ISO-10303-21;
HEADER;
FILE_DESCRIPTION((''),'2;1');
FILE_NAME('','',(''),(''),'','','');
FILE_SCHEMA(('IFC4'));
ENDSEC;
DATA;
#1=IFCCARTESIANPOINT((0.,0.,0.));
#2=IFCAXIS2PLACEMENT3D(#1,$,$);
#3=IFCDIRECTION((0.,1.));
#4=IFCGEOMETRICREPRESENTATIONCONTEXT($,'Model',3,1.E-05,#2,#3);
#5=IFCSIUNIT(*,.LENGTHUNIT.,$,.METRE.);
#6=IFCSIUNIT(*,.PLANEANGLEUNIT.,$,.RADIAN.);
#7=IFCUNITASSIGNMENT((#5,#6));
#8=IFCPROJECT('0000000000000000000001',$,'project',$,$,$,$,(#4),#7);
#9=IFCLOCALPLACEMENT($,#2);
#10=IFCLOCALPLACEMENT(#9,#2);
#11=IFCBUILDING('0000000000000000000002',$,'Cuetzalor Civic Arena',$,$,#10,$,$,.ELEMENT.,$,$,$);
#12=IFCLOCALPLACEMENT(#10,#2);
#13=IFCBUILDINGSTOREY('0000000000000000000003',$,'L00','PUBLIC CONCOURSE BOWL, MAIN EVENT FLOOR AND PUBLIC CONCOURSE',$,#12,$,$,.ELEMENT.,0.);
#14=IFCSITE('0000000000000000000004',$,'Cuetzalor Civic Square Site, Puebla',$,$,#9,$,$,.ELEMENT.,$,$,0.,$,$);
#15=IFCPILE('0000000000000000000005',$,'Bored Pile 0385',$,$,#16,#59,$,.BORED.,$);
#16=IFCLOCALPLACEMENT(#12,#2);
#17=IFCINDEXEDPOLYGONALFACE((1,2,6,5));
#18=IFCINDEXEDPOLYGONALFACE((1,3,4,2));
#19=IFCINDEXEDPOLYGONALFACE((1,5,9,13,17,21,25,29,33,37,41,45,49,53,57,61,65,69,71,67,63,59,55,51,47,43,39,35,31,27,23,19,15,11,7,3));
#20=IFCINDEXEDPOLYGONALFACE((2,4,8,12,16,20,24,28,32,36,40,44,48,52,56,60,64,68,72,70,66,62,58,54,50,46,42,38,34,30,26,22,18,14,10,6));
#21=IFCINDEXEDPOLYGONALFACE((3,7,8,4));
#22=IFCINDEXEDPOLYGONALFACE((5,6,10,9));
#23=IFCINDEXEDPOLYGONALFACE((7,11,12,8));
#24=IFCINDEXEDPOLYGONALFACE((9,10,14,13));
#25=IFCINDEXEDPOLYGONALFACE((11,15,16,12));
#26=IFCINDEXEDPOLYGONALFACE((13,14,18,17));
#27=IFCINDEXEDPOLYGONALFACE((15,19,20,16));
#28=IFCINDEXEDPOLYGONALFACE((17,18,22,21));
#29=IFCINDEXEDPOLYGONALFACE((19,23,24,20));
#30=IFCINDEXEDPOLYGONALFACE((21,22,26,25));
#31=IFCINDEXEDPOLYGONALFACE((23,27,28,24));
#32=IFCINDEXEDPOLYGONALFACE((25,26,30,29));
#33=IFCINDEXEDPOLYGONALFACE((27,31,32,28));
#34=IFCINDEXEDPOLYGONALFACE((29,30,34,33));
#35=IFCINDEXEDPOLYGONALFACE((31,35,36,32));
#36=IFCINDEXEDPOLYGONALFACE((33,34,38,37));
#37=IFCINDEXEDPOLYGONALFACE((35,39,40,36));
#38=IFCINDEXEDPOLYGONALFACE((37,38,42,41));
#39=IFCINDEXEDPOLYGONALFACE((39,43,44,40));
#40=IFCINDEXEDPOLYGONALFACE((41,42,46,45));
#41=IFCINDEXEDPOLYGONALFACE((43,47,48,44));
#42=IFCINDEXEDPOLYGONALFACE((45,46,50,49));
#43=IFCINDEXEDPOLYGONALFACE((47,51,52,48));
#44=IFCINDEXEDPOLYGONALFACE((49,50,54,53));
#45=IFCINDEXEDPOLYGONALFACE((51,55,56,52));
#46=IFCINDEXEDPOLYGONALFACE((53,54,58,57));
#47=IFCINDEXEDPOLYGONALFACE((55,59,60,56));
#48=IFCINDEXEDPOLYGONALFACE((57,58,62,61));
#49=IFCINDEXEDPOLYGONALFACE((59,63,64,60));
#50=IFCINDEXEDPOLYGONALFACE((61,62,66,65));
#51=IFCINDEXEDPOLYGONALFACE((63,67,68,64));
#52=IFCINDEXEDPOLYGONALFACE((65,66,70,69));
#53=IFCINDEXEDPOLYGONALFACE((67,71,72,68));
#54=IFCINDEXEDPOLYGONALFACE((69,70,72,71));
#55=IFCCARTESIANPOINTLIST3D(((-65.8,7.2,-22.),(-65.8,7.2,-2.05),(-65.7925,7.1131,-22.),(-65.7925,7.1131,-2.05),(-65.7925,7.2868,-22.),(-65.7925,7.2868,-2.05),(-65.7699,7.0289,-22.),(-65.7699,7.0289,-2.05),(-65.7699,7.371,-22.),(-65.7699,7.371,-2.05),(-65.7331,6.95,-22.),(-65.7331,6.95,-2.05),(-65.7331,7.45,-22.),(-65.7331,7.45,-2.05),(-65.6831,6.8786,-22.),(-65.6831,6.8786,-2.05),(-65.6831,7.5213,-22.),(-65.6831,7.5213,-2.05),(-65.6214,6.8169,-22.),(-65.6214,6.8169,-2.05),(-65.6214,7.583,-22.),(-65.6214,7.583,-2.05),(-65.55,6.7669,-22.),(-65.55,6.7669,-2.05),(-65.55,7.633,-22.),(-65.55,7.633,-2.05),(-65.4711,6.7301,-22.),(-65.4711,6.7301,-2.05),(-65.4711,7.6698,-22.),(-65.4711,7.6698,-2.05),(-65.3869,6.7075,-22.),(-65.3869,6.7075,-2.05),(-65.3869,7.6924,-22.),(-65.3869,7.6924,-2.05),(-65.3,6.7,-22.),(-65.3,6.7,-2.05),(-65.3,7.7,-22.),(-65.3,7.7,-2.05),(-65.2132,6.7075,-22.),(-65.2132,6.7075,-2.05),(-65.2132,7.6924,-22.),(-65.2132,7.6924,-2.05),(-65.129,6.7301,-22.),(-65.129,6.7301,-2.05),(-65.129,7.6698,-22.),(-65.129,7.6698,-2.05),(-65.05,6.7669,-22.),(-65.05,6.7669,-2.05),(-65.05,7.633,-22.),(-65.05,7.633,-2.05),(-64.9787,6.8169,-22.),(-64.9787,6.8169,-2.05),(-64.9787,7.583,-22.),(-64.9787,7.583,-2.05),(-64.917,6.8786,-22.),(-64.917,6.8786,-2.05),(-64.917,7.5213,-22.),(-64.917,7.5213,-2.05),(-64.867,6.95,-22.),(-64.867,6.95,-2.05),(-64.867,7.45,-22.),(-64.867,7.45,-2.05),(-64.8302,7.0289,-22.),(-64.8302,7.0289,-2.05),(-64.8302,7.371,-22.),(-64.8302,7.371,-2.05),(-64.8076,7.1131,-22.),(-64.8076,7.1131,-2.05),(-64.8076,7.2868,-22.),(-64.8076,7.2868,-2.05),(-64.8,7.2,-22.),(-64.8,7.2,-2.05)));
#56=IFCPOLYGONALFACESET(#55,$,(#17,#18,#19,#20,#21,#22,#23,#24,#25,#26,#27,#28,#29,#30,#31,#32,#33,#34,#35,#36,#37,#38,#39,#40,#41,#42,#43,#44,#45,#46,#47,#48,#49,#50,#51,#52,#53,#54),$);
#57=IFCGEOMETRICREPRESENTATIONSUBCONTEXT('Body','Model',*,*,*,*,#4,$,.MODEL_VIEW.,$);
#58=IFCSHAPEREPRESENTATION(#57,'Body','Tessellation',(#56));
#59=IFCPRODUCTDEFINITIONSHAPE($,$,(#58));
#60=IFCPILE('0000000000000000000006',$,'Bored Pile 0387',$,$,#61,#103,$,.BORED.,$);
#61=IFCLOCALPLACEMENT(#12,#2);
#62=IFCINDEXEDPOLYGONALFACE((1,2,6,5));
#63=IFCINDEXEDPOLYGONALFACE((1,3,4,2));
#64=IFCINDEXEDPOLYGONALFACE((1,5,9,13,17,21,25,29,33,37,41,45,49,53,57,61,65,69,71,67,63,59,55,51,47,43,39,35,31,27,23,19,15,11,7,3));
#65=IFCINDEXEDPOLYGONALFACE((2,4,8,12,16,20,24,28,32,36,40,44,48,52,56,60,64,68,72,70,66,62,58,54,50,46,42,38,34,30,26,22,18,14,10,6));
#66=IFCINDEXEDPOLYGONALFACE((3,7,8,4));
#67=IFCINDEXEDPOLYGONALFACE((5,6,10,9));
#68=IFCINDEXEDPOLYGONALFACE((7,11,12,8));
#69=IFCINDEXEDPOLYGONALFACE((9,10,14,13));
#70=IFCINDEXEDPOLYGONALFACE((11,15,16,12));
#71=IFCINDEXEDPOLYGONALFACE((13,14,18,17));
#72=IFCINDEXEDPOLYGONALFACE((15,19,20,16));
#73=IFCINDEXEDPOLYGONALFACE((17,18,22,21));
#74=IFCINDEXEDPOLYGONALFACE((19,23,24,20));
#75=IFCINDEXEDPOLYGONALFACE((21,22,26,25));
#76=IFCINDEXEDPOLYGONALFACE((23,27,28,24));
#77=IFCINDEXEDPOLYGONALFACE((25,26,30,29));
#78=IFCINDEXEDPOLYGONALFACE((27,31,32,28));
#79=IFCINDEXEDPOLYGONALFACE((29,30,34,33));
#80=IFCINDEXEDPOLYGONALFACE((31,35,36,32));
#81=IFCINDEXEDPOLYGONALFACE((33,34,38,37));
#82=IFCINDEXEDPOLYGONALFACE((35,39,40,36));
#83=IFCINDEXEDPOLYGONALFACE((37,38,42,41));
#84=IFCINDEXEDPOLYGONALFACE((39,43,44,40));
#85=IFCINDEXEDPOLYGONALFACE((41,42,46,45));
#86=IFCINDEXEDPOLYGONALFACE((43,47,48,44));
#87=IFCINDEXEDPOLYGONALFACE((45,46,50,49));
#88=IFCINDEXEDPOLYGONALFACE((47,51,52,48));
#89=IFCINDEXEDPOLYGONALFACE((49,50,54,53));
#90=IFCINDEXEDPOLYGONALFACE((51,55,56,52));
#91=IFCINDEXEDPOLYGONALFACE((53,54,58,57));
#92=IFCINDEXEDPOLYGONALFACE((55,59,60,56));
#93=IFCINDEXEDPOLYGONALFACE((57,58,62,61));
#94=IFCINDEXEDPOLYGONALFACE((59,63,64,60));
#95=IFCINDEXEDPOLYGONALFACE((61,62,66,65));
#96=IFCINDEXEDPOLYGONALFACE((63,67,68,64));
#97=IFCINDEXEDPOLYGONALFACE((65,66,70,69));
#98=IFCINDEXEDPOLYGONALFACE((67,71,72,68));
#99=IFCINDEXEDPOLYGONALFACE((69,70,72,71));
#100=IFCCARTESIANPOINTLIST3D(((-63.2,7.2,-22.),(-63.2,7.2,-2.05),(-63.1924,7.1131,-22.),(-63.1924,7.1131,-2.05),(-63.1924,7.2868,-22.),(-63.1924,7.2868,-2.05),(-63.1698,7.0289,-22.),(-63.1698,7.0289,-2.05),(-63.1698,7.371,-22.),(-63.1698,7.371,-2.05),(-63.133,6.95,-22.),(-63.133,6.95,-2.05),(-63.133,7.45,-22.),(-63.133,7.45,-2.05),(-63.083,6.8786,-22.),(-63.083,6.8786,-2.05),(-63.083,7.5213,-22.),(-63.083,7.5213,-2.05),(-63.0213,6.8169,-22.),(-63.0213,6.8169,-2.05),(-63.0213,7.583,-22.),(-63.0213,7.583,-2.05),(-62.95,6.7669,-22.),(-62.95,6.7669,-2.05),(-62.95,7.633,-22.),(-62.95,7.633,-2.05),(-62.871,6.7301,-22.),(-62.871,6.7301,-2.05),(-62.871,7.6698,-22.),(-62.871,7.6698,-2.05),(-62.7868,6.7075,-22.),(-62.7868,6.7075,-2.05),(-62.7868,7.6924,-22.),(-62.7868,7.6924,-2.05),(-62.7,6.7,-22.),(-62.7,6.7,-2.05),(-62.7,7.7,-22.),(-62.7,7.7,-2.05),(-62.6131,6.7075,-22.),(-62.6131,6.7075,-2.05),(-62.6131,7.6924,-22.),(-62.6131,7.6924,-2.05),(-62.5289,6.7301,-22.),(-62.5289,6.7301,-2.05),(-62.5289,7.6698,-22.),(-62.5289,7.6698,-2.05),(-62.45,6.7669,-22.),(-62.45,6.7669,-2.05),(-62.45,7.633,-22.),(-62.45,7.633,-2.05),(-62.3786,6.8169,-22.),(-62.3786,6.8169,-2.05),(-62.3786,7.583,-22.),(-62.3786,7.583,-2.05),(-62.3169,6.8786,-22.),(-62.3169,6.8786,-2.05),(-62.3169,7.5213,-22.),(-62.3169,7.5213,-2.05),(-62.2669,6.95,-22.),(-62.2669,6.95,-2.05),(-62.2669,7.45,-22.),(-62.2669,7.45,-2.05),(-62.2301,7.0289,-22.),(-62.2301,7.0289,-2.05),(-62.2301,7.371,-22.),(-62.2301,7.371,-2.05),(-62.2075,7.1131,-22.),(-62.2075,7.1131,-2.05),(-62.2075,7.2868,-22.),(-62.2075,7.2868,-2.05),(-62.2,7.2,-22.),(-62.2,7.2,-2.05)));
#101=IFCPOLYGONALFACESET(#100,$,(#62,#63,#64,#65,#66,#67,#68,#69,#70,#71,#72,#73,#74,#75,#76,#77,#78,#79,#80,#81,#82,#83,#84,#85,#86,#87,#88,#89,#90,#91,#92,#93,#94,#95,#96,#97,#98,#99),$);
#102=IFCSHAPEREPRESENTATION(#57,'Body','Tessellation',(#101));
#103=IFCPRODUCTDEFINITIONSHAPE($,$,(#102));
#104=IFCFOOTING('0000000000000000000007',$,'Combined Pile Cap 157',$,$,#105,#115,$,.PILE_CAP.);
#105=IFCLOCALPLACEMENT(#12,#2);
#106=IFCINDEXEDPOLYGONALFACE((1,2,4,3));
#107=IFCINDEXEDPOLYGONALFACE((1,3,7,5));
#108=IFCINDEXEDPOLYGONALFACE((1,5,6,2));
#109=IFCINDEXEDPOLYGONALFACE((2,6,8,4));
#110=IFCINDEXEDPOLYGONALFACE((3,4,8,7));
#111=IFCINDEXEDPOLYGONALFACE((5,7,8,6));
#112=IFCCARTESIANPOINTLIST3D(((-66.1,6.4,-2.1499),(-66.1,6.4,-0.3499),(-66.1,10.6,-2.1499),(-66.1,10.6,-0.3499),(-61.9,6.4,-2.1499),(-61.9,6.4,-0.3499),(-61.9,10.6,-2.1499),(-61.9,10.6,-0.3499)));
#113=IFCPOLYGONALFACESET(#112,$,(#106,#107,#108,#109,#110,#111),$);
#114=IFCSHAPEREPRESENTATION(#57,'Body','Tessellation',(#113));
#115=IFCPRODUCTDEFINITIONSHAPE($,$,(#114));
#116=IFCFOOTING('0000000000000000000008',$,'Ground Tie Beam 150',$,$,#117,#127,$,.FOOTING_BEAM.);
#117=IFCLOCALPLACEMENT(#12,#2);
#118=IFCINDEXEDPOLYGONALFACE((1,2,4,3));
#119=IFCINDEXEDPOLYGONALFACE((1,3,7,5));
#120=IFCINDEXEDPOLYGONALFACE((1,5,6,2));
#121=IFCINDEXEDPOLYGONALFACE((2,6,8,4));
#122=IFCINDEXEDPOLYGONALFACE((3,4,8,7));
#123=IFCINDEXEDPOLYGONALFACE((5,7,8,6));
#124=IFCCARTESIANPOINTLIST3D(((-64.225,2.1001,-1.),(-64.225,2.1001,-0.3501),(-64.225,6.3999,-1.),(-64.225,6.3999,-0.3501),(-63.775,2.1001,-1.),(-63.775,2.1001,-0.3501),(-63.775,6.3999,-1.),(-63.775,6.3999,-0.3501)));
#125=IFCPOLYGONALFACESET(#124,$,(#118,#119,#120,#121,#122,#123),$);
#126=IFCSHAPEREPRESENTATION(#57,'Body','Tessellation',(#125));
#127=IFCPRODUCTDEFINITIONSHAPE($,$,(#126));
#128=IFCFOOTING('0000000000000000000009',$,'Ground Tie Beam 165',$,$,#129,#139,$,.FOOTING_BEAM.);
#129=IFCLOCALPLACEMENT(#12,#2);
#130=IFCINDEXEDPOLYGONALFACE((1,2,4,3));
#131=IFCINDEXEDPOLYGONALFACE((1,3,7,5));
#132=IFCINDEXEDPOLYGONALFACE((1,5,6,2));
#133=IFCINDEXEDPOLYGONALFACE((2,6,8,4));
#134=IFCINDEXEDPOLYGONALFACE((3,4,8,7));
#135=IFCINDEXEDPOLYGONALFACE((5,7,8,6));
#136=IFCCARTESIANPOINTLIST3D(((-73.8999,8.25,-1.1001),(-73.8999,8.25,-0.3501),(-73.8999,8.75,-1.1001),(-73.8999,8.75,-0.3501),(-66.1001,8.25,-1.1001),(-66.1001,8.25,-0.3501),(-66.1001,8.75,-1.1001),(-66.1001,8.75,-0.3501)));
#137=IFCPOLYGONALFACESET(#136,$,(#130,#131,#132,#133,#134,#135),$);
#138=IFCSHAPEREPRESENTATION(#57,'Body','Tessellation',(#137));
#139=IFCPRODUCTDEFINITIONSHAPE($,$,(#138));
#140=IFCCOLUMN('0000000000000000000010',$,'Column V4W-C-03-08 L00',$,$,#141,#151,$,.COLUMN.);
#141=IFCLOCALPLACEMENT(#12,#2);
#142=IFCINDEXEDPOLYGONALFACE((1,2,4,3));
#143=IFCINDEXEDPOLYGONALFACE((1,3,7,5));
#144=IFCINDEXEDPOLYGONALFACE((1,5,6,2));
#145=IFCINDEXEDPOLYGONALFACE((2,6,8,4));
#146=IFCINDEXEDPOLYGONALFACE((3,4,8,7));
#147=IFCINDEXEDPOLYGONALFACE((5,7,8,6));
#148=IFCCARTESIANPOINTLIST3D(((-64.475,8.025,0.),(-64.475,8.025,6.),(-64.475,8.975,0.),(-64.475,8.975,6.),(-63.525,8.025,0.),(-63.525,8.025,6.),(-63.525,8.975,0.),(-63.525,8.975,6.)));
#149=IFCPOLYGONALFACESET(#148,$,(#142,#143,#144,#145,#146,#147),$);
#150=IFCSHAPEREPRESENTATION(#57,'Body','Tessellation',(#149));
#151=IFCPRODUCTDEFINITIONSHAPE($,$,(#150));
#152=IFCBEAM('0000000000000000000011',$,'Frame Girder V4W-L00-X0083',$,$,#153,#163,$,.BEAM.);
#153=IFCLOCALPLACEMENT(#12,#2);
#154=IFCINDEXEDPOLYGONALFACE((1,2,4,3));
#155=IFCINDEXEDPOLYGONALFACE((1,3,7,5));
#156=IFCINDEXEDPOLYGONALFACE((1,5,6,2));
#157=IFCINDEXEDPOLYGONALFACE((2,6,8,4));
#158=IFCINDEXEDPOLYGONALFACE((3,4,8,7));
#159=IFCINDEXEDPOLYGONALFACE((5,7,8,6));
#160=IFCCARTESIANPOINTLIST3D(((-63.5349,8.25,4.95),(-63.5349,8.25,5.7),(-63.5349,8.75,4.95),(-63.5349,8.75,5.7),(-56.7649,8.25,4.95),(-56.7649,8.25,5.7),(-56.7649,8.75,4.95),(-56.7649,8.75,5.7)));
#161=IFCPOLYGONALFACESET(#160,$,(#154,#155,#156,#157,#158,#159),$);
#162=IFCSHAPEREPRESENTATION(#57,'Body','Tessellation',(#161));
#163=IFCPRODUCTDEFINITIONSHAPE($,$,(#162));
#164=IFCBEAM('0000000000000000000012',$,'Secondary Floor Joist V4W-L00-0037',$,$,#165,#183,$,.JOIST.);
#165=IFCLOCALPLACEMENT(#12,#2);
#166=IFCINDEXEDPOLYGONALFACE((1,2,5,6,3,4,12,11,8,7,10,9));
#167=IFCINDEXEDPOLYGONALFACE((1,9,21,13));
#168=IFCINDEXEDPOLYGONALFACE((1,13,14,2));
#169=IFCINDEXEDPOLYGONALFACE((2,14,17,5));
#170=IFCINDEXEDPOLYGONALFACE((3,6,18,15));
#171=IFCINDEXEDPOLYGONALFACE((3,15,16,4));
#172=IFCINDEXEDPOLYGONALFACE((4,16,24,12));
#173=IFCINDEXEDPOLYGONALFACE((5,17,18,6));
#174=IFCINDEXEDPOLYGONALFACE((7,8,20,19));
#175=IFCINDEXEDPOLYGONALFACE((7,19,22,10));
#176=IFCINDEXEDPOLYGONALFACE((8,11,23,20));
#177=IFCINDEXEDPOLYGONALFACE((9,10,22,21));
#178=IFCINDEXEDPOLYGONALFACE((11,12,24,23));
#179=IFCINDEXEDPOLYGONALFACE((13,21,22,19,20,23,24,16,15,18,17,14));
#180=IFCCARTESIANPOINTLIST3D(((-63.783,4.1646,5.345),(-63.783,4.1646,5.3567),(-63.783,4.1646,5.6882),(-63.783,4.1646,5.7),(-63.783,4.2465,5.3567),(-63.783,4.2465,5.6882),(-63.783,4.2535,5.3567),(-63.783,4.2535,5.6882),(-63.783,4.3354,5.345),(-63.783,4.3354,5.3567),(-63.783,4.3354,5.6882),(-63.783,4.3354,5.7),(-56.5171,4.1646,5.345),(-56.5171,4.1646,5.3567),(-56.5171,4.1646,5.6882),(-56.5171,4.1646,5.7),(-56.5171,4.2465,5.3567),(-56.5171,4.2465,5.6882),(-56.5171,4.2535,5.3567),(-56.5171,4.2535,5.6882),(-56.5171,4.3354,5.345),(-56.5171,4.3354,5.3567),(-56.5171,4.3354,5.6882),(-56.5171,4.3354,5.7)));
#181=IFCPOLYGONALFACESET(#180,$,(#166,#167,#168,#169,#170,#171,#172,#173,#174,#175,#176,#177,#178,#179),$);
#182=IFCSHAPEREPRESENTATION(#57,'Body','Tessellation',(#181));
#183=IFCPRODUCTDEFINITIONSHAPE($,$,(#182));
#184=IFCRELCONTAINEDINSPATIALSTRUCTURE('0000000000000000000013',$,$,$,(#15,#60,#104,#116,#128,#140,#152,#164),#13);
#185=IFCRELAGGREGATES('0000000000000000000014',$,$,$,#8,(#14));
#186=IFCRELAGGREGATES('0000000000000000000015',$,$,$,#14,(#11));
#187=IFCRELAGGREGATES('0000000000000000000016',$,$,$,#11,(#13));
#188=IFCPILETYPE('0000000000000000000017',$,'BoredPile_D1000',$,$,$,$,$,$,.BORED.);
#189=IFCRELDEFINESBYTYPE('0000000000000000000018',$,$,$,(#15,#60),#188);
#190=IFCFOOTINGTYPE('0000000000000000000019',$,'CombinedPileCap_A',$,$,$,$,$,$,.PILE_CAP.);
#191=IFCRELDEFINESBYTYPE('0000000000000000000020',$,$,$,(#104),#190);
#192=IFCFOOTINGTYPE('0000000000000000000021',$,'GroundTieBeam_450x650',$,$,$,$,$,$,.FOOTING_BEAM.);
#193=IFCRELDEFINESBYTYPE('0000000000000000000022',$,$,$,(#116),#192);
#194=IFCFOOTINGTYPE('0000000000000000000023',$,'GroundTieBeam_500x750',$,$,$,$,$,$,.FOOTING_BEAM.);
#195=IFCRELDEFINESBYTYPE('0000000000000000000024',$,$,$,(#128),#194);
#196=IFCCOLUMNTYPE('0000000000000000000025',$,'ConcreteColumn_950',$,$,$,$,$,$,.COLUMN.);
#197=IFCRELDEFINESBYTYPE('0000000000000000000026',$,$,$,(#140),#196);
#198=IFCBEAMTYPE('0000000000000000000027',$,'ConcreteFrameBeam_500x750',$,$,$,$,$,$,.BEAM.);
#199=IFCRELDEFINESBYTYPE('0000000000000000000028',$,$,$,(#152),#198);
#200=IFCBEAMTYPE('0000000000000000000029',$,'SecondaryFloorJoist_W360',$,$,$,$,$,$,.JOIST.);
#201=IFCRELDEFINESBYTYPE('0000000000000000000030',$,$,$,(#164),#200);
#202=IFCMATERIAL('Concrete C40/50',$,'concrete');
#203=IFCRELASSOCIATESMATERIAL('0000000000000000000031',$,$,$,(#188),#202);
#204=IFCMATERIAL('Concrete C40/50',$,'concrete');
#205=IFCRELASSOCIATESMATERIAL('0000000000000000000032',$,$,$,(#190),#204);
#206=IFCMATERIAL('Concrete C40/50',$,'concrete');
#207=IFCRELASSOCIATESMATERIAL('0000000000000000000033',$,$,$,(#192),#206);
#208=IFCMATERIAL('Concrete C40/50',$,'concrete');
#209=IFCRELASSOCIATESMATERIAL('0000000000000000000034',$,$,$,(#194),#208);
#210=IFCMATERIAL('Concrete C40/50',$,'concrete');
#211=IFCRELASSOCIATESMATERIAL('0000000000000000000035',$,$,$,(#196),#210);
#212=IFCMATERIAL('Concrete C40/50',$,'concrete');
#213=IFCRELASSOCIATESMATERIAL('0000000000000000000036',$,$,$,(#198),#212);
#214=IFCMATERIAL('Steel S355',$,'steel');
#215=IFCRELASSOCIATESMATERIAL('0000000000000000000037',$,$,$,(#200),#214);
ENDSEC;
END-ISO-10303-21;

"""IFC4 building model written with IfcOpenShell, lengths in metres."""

from ifc_helpers import new_model, si_unit, direction, frame, origin, origin_2d, place, context, subcontext, project, spatial, rectangle, circle, i_section, extrude, material, material_profile, profile_set, type_object, element, save


model = new_model("IFC4")

# Units and contexts
model_context = context("Model", 3, precision=1e-05, world=origin(), true_north=direction((0.0, 1.0)))
body_context = subcontext(model_context, "Body", "Model", "MODEL_VIEW")
ifc_project = project(units=[si_unit("LENGTHUNIT", "METRE"), si_unit("PLANEANGLEUNIT", "RADIAN")], contexts=[model_context])

# Site, building, storey
site_placement = place(None, origin())
site = spatial("IfcSite", under=ifc_project, at=site_placement, Name="Cuetzalor Civic Square Site, Puebla", CompositionType="ELEMENT", RefElevation=0.0)
building_placement = place(site_placement, origin())
building = spatial("IfcBuilding", under=site, at=building_placement, Name="Cuetzalor Civic Arena", CompositionType="ELEMENT")
storey_placement = place(building_placement, origin())
storey = spatial("IfcBuildingStorey", under=building, at=storey_placement, Name="L00", Description="PUBLIC CONCOURSE BOWL, MAIN EVENT FLOOR AND PUBLIC CONCOURSE", CompositionType="ELEMENT", Elevation=0.0)

# Piles
ifc_material_1 = material(Name="Concrete C40/50", Category="concrete")
ifc_material_profile_1 = material_profile(ifc_material_1, circle(Radius=0.5, at=origin_2d()), Name="BORED PILE D1000")
ifc_profile_set_1 = profile_set([ifc_material_profile_1], Name="Concrete C40/50")
pile_type = type_object("IfcPileType", Name="BoredPile_D1000", PredefinedType="BORED", material=ifc_profile_set_1)
for number, where, z_axis, x_axis, name in (
    (1, (-65.3, 7.2, -2.05), (0.0, 0.0, -1.0), (1.0, 0.0, 0.0), "Bored Pile 0385"),
    (2, (-62.7, 7.2, -2.05), (0.0, 0.0, -1.0), (1.0, 0.0, 0.0), "Bored Pile 0387"),
):
    element("IfcPile", number, at=place(storey_placement, frame(where, z_axis=z_axis, x_axis=x_axis)), inside=storey, type_object=pile_type, Name=name, PredefinedType="BORED", context=body_context, shape_type="SweptSolid", body=[
        extrude(circle(Radius=0.5, at=origin_2d()), origin(), (0.0, 0.0, 1.0), 19.95),
    ])

# Footings
ifc_material_2 = material(Name="Concrete C40/50", Category="concrete")
footing_type_1 = type_object("IfcFootingType", Name="CombinedPileCap_A", PredefinedType="PILE_CAP", material=ifc_material_2)
footing_1_placement = place(storey_placement, frame((-64.0, 8.5, -2.1499), z_axis=(0.0, 0.0, 1.0), x_axis=(1.0, 0.0, 0.0)))
element("IfcFooting", 3, at=footing_1_placement, inside=storey, type_object=footing_type_1, Name="Combined Pile Cap 157", PredefinedType="PILE_CAP", context=body_context, shape_type="SweptSolid", body=[
    extrude(rectangle(XDim=4.2, YDim=4.2, at=origin_2d()), origin(), (0.0, 0.0, 1.0), 1.8),
])
ifc_material_3 = material(Name="Concrete C40/50", Category="concrete")
ifc_material_profile_2 = material_profile(ifc_material_3, rectangle(XDim=0.45, YDim=0.6499, at=origin_2d()), Name="RC 450x650")
ifc_profile_set_2 = profile_set([ifc_material_profile_2], Name="Concrete C40/50")
footing_type_2 = type_object("IfcFootingType", Name="GroundTieBeam_450x650", PredefinedType="FOOTING_BEAM", material=ifc_profile_set_2)
footing_2_placement = place(storey_placement, frame((-64.0, 2.1001, -0.675), z_axis=(0.0, 1.0, 0.0), x_axis=(-1.0, 0.0, 0.0)))
element("IfcFooting", 4, at=footing_2_placement, inside=storey, type_object=footing_type_2, Name="Ground Tie Beam 150", PredefinedType="FOOTING_BEAM", context=body_context, shape_type="SweptSolid", body=[
    extrude(rectangle(XDim=0.45, YDim=0.6499, at=origin_2d()), origin(), (0.0, 0.0, 1.0), 4.2998),
])
ifc_material_4 = material(Name="Concrete C40/50", Category="concrete")
ifc_material_profile_3 = material_profile(ifc_material_4, rectangle(XDim=0.5, YDim=0.75, at=origin_2d()), Name="RC 500x750")
ifc_profile_set_3 = profile_set([ifc_material_profile_3], Name="Concrete C40/50")
footing_type_3 = type_object("IfcFootingType", Name="GroundTieBeam_500x750", PredefinedType="FOOTING_BEAM", material=ifc_profile_set_3)
footing_3_placement = place(storey_placement, frame((-73.8999, 8.5, -0.7251), z_axis=(1.0, 0.0, 0.0), x_axis=(0.0, 1.0, 0.0)))
element("IfcFooting", 5, at=footing_3_placement, inside=storey, type_object=footing_type_3, Name="Ground Tie Beam 165", PredefinedType="FOOTING_BEAM", context=body_context, shape_type="SweptSolid", body=[
    extrude(rectangle(XDim=0.5, YDim=0.75, at=origin_2d()), origin(), (0.0, 0.0, 1.0), 7.7998),
])

# Column
ifc_material_5 = material(Name="Concrete C40/50", Category="concrete")
ifc_material_profile_4 = material_profile(ifc_material_5, rectangle(XDim=0.95, YDim=0.95, at=origin_2d()), Name="RC 950x950")
ifc_profile_set_4 = profile_set([ifc_material_profile_4], Name="Concrete C40/50")
column_type = type_object("IfcColumnType", Name="ConcreteColumn_950", PredefinedType="COLUMN", material=ifc_profile_set_4)
column_placement = place(storey_placement, frame((-64.0, 8.5, 0.0), z_axis=(0.0, 0.0, 1.0), x_axis=(1.0, 0.0, 0.0)))
element("IfcColumn", 6, at=column_placement, inside=storey, type_object=column_type, Name="Column V4W-C-03-08 L00", PredefinedType="COLUMN", context=body_context, shape_type="SweptSolid", body=[
    extrude(rectangle(XDim=0.95, YDim=0.95, at=origin_2d()), origin(), (0.0, 0.0, 1.0), 6.0),
])

# Beams
ifc_material_6 = material(Name="Concrete C40/50", Category="concrete")
ifc_material_profile_5 = material_profile(ifc_material_6, rectangle(XDim=0.5, YDim=0.75, at=origin_2d()), Name="RC 500x750")
ifc_profile_set_5 = profile_set([ifc_material_profile_5], Name="Concrete C40/50")
beam_type_1 = type_object("IfcBeamType", Name="ConcreteFrameBeam_500x750", PredefinedType="BEAM", material=ifc_profile_set_5)
beam_1_placement = place(storey_placement, frame((-63.5349, 8.5, 5.325), z_axis=(1.0, 0.0, 0.0), x_axis=(0.0, 1.0, 0.0)))
element("IfcBeam", 7, at=beam_1_placement, inside=storey, type_object=beam_type_1, Name="Frame Girder V4W-L00-X0083", PredefinedType="BEAM", context=body_context, shape_type="SweptSolid", body=[
    extrude(rectangle(XDim=0.5, YDim=0.75, at=origin_2d()), origin(), (0.0, 0.0, 1.0), 6.77),
])
ifc_material_7 = material(Name="Steel S355", Category="steel")
ifc_material_profile_6 = material_profile(ifc_material_7, i_section(OverallWidth=0.1709, OverallDepth=0.355, WebThickness=0.0071, FlangeThickness=0.0117, at=origin_2d()), Name="W360x51")
ifc_profile_set_6 = profile_set([ifc_material_profile_6], Name="Steel S355")
beam_type_2 = type_object("IfcBeamType", Name="SecondaryFloorJoist_W360", PredefinedType="JOIST", material=ifc_profile_set_6)
beam_2_placement = place(storey_placement, frame((-63.783, 4.25, 5.5225), z_axis=(1.0, 0.0, 0.0), x_axis=(0.0, 1.0, 0.0)))
element("IfcBeam", 8, at=beam_2_placement, inside=storey, type_object=beam_type_2, Name="Secondary Floor Joist V4W-L00-0037", PredefinedType="JOIST", context=body_context, shape_type="SweptSolid", body=[
    extrude(i_section(OverallWidth=0.1709, OverallDepth=0.355, WebThickness=0.0071, FlangeThickness=0.0117, at=origin_2d()), origin(), (0.0, 0.0, 1.0), 7.2659),
])

save(model, "model.ifc")
